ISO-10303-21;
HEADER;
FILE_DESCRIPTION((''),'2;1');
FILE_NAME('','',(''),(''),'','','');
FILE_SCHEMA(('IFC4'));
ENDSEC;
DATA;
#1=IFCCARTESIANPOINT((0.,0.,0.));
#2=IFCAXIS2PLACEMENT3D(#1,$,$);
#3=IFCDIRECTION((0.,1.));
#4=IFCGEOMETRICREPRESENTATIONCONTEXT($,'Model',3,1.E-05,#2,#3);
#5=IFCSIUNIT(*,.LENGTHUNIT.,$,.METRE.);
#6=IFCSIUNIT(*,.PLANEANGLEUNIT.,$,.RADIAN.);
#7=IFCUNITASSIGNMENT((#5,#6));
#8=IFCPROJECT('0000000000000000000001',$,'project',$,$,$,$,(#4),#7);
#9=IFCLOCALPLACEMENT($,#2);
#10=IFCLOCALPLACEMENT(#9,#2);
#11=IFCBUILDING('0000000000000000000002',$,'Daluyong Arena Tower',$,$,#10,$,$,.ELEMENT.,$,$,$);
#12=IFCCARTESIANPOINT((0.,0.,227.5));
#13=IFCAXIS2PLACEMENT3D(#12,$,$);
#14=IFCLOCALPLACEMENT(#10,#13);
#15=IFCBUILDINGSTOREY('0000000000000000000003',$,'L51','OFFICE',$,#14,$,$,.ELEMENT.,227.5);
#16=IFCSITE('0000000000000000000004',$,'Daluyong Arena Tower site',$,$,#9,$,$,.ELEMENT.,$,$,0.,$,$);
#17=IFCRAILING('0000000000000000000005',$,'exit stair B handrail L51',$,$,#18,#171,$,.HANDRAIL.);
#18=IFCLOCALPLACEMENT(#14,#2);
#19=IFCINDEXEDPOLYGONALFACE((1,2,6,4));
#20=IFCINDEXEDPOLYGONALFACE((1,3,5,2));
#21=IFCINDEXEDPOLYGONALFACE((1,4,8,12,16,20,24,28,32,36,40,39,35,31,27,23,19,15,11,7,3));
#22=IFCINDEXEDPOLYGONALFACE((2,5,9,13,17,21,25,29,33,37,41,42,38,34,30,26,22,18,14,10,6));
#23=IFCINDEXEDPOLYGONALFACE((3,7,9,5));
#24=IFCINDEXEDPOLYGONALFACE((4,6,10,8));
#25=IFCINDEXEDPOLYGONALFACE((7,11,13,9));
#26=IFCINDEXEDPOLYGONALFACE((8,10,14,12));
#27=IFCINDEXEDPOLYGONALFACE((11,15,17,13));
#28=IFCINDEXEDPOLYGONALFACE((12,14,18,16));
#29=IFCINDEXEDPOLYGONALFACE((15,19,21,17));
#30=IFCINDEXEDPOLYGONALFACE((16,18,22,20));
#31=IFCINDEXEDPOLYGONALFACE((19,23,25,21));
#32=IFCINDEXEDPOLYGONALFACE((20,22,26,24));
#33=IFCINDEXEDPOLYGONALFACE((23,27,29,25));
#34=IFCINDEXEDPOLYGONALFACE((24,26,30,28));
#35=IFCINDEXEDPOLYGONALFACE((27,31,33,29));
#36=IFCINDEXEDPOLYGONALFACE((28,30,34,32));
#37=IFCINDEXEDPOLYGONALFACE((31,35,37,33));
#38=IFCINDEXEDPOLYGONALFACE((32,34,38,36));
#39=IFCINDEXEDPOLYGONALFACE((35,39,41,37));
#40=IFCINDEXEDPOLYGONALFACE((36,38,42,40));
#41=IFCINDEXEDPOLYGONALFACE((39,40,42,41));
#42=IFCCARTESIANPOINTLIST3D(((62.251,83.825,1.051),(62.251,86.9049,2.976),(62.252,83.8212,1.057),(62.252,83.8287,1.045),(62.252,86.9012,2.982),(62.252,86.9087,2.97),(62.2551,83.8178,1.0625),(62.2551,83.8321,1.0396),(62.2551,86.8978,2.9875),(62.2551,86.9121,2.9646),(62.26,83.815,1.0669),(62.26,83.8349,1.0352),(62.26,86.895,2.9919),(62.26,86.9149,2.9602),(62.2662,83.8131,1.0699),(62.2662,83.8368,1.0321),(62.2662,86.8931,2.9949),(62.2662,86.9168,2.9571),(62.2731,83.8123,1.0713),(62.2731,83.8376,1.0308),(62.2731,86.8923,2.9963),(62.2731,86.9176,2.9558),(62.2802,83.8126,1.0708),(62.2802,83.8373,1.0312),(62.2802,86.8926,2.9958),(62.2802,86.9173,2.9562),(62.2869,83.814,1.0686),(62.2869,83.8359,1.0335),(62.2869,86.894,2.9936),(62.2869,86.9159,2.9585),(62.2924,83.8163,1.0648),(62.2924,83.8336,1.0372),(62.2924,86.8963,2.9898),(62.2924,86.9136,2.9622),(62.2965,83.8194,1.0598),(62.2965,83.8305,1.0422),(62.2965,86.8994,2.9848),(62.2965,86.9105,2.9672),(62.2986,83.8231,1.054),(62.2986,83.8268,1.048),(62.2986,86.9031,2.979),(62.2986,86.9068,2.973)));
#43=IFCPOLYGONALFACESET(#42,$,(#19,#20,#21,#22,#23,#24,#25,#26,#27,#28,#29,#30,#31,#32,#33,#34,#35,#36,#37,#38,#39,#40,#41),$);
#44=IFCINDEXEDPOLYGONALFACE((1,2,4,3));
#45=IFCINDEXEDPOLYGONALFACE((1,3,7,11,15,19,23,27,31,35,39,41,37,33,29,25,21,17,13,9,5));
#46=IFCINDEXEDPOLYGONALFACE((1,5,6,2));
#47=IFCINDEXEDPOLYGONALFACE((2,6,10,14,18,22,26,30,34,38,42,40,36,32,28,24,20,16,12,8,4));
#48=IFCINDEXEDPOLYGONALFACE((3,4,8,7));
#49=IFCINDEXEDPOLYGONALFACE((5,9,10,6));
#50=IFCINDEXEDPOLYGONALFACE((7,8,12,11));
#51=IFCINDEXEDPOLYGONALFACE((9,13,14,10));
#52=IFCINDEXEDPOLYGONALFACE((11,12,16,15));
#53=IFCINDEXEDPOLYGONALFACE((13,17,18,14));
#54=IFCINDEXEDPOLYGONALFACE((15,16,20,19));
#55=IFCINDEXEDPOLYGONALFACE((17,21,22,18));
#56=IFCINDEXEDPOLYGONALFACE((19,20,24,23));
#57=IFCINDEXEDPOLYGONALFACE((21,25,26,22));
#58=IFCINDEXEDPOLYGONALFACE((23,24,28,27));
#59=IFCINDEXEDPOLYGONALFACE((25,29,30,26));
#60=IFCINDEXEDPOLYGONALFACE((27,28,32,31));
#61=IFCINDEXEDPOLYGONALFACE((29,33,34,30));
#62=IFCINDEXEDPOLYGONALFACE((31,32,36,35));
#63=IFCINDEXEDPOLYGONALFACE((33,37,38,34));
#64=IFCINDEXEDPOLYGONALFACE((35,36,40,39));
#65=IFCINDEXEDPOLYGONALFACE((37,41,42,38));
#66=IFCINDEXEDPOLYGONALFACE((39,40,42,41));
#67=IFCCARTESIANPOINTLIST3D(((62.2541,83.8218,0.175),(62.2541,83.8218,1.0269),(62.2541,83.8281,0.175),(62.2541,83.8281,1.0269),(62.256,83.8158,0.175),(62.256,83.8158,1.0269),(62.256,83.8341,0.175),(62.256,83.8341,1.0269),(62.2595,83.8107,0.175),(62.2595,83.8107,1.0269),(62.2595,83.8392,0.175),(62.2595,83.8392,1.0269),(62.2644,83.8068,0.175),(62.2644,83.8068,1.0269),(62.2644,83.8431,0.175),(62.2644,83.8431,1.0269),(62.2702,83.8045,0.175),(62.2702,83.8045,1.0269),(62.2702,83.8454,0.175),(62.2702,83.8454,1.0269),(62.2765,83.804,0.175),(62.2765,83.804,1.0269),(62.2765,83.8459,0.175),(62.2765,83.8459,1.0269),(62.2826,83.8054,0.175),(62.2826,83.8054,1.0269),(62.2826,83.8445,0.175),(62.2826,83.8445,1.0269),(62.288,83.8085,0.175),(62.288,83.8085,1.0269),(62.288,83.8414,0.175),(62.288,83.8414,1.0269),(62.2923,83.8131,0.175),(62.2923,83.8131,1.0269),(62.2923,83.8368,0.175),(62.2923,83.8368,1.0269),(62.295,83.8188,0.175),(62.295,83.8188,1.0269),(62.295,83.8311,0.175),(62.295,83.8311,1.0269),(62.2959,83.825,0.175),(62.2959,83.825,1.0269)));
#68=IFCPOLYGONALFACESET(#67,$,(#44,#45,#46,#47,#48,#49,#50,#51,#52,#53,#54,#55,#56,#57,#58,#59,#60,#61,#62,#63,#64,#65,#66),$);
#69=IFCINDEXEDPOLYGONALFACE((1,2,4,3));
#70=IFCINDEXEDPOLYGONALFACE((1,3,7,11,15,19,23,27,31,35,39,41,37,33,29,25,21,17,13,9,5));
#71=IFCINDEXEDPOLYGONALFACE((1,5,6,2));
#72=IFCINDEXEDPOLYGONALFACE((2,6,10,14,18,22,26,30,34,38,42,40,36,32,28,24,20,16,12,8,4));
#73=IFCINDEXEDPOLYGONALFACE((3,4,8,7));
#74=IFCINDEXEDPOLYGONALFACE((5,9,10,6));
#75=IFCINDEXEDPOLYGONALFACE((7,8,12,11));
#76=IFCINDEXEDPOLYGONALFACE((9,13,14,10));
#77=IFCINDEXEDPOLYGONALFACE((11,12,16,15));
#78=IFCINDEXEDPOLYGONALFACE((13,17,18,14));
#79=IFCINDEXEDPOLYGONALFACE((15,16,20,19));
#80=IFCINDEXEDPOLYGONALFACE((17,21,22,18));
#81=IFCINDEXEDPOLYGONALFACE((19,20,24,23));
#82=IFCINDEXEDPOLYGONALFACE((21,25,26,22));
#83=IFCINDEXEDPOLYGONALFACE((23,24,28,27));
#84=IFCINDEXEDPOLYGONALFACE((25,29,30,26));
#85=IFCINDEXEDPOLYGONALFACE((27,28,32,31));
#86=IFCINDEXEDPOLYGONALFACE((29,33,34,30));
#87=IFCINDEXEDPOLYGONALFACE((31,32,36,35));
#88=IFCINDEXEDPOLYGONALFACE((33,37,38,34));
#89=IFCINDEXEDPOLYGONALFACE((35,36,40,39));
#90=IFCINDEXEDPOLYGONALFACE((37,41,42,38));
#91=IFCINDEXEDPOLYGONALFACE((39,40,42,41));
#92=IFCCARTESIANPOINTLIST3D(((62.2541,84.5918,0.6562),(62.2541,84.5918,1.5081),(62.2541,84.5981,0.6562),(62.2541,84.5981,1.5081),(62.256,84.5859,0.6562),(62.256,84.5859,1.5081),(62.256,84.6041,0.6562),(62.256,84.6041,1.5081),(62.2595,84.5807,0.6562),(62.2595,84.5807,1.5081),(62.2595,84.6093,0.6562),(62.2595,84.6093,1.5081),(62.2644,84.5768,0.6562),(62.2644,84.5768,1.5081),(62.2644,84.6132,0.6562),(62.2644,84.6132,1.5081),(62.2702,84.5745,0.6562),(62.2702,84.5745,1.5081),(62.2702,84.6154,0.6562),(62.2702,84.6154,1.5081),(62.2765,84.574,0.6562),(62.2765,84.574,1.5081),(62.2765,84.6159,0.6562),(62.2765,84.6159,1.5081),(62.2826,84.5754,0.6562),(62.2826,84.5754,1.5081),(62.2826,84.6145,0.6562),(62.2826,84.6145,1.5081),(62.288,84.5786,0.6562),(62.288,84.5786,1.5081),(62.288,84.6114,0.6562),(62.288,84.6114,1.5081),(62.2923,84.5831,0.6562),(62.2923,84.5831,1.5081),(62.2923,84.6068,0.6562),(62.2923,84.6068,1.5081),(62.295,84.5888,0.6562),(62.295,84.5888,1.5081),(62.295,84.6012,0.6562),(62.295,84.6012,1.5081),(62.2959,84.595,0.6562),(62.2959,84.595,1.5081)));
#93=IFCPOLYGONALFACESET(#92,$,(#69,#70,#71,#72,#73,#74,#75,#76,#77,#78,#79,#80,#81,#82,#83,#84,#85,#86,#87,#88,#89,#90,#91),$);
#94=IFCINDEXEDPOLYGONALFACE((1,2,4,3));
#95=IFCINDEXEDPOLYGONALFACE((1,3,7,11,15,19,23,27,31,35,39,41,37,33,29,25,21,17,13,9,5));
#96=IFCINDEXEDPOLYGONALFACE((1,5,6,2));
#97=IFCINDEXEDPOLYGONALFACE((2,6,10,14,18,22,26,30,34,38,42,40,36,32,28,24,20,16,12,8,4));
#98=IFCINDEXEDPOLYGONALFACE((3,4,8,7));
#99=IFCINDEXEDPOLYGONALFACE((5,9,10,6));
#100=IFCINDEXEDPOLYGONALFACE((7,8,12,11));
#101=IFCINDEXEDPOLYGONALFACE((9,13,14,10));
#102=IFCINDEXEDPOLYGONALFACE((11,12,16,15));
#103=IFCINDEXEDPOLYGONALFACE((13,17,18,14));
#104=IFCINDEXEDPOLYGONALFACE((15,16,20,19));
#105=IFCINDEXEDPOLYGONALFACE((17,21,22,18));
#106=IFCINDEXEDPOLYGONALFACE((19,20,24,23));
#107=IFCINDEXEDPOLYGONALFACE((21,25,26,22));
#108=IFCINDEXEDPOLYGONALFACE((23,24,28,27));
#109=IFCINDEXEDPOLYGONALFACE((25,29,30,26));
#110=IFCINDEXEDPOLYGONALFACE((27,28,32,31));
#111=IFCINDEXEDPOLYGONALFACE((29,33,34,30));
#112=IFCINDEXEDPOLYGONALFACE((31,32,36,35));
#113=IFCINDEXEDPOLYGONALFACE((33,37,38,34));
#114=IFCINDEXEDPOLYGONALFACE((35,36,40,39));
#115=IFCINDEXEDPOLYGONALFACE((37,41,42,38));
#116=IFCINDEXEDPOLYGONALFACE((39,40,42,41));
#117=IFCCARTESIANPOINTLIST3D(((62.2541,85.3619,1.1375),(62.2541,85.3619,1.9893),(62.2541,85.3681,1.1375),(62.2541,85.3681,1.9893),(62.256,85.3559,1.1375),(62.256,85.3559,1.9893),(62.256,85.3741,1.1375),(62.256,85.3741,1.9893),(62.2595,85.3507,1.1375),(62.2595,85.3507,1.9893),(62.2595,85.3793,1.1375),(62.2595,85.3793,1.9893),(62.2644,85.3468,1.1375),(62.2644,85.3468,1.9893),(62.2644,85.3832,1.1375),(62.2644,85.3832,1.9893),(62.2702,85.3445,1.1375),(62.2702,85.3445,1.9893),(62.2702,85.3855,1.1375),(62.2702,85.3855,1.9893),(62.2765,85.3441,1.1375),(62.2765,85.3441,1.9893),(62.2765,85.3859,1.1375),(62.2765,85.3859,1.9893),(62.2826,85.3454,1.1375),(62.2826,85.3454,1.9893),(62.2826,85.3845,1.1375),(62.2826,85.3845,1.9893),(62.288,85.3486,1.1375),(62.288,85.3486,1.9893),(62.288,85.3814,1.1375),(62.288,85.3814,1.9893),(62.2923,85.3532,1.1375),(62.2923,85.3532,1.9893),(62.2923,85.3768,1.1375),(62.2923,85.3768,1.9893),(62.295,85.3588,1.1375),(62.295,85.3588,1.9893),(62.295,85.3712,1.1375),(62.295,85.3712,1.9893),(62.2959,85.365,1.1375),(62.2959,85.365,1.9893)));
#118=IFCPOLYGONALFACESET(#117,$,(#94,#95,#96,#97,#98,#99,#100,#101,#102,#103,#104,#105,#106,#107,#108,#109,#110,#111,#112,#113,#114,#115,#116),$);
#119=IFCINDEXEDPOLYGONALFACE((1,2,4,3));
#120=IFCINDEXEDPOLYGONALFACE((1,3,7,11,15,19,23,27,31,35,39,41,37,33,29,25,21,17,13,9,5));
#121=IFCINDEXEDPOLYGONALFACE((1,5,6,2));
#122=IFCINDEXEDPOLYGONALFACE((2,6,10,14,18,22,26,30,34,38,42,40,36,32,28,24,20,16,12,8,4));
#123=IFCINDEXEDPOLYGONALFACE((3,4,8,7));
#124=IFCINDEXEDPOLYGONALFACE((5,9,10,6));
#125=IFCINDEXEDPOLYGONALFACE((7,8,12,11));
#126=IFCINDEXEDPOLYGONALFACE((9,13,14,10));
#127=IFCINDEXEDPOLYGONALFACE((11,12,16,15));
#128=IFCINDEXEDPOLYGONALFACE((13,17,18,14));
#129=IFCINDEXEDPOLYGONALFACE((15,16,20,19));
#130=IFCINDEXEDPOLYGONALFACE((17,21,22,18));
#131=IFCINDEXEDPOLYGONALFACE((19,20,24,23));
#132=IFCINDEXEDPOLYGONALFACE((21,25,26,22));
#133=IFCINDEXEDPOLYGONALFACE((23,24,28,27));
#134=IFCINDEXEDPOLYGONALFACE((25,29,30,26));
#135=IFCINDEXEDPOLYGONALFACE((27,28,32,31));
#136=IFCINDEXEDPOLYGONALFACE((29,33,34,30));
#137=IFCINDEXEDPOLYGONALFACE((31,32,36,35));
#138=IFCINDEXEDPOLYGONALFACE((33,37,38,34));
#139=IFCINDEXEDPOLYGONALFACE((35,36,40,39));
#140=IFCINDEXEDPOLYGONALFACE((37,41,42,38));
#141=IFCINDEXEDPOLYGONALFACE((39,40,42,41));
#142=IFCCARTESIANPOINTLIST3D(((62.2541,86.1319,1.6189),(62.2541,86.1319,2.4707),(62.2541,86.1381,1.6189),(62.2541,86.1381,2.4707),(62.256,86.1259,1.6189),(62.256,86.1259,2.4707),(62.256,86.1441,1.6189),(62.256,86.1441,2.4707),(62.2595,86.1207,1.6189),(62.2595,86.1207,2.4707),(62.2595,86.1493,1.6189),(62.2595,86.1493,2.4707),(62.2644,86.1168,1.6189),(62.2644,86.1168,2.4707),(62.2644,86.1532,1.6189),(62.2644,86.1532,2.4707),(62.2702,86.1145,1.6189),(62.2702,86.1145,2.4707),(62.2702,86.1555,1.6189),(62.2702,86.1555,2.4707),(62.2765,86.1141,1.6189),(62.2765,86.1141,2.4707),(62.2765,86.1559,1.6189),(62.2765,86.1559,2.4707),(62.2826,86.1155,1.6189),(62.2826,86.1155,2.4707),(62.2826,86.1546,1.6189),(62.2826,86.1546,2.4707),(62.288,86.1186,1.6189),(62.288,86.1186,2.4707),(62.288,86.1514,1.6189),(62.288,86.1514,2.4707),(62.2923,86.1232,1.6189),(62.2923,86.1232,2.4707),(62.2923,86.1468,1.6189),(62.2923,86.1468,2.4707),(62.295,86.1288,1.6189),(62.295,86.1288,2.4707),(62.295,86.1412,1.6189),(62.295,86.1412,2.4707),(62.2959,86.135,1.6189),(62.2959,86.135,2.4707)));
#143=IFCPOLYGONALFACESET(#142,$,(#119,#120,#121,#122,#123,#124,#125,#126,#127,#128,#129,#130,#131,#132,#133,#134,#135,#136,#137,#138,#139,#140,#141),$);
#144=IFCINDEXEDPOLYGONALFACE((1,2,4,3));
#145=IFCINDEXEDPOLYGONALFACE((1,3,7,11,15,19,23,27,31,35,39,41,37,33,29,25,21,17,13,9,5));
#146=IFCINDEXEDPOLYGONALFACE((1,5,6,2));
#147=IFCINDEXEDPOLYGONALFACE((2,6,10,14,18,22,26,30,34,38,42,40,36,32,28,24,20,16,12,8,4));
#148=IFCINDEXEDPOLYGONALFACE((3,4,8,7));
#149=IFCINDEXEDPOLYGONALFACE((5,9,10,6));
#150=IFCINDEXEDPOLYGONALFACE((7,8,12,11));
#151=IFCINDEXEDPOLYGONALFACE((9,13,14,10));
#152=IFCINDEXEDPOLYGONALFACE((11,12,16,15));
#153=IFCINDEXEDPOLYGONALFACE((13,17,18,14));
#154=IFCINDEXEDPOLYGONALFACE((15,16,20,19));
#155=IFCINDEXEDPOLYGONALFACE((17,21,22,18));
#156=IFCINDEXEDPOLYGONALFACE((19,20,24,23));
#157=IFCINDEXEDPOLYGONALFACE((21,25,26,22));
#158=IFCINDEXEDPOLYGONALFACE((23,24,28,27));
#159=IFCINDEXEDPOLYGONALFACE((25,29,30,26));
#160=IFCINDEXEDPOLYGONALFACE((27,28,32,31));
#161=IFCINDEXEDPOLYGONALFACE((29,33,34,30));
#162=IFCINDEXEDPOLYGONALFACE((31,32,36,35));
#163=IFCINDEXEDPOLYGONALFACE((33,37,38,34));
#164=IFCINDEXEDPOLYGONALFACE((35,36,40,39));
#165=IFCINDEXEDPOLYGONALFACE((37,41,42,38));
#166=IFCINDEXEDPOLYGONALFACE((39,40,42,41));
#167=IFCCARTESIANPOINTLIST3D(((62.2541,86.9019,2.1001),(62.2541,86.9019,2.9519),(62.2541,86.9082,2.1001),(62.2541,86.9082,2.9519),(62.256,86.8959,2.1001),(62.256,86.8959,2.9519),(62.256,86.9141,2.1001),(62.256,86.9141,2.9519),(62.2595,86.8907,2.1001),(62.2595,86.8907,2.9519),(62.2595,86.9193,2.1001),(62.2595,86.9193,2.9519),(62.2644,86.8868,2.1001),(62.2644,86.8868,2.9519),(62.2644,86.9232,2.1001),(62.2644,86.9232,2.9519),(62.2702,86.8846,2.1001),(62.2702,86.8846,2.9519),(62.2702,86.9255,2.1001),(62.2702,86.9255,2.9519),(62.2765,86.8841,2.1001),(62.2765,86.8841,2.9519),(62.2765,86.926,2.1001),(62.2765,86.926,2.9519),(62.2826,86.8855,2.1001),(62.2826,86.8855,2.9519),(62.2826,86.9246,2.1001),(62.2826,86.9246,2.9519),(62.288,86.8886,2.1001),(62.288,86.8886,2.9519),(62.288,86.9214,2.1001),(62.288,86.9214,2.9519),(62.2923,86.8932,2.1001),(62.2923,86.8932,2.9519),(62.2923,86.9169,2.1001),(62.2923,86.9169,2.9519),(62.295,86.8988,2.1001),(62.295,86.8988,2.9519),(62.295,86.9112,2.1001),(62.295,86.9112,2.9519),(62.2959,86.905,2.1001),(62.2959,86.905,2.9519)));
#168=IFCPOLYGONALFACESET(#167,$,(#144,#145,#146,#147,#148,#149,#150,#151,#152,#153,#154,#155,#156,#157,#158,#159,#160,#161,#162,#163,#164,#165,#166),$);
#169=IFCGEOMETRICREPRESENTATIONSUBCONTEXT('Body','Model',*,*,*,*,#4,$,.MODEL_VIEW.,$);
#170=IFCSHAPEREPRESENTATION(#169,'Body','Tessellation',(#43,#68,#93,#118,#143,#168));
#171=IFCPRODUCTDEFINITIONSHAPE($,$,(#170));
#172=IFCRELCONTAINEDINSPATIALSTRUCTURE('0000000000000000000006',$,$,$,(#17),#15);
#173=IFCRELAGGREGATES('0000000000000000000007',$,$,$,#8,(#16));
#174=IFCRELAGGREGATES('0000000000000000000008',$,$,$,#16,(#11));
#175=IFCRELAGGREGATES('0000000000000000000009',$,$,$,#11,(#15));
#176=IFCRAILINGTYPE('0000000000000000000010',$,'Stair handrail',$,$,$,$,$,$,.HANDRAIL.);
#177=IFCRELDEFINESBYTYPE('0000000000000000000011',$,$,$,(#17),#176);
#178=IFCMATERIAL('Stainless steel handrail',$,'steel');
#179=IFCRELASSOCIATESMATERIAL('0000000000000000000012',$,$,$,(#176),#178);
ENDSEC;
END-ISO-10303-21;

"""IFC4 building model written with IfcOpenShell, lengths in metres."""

from ifc_helpers import new_model, si_unit, direction, frame, origin, origin_2d, place, context, subcontext, project, spatial, circle, extrude, material, type_object, element, save


model = new_model("IFC4")

# Units and contexts
model_context = context("Model", 3, precision=1e-05, world=origin(), true_north=direction((0.0, 1.0)))
body_context = subcontext(model_context, "Body", "Model", "MODEL_VIEW")
ifc_project = project(units=[si_unit("LENGTHUNIT", "METRE"), si_unit("PLANEANGLEUNIT", "RADIAN")], contexts=[model_context])

# Site, building, storey
site_placement = place(None, origin())
site = spatial("IfcSite", under=ifc_project, at=site_placement, Name="Daluyong Arena Tower site", CompositionType="ELEMENT", RefElevation=0.0)
building_placement = place(site_placement, origin())
building = spatial("IfcBuilding", under=site, at=building_placement, Name="Daluyong Arena Tower", CompositionType="ELEMENT")
storey_placement = place(building_placement, frame((0.0, 0.0, 227.5)))
storey = spatial("IfcBuildingStorey", under=building, at=storey_placement, Name="L51", Description="OFFICE", CompositionType="ELEMENT", Elevation=227.5)

# Railing
ifc_material_1 = material(Name="Stainless steel handrail", Category="steel")
railing_type_1 = type_object("IfcRailingType", Name="Stair handrail", PredefinedType="HANDRAIL", material=ifc_material_1)
railing_1_placement = place(storey_placement, frame((62.2749, 83.825, 0.175)))
element("IfcRailing", 1, at=railing_1_placement, inside=storey, type_object=railing_type_1, Name="exit stair B handrail L51", PredefinedType="HANDRAIL", context=body_context, shape_type="SweptSolid", body=[
    extrude(circle(Radius=0.0239, at=origin_2d()), frame((0.0, 0.0, 0.876), z_axis=(0.0, 0.847998, 0.529999), x_axis=(-1.0, 0.0, 0.0)), (0.0, 0.0, 1.0), 3.6321),
    extrude(circle(Radius=0.021, at=origin_2d()), origin(), (0.0, 0.0, 1.0), 0.8518),
    extrude(circle(Radius=0.021, at=origin_2d()), frame((0.0, 0.77, 0.4812)), (0.0, 0.0, 1.0), 0.8518),
    extrude(circle(Radius=0.021, at=origin_2d()), frame((0.0, 1.54, 0.9624)), (0.0, 0.0, 1.0), 0.8518),
    extrude(circle(Radius=0.021, at=origin_2d()), frame((0.0, 2.3101, 1.4438)), (0.0, 0.0, 1.0), 0.8518),
    extrude(circle(Radius=0.021, at=origin_2d()), frame((0.0, 3.0801, 1.925)), (0.0, 0.0, 1.0), 0.8518),
])

save(model, "model.ifc")
